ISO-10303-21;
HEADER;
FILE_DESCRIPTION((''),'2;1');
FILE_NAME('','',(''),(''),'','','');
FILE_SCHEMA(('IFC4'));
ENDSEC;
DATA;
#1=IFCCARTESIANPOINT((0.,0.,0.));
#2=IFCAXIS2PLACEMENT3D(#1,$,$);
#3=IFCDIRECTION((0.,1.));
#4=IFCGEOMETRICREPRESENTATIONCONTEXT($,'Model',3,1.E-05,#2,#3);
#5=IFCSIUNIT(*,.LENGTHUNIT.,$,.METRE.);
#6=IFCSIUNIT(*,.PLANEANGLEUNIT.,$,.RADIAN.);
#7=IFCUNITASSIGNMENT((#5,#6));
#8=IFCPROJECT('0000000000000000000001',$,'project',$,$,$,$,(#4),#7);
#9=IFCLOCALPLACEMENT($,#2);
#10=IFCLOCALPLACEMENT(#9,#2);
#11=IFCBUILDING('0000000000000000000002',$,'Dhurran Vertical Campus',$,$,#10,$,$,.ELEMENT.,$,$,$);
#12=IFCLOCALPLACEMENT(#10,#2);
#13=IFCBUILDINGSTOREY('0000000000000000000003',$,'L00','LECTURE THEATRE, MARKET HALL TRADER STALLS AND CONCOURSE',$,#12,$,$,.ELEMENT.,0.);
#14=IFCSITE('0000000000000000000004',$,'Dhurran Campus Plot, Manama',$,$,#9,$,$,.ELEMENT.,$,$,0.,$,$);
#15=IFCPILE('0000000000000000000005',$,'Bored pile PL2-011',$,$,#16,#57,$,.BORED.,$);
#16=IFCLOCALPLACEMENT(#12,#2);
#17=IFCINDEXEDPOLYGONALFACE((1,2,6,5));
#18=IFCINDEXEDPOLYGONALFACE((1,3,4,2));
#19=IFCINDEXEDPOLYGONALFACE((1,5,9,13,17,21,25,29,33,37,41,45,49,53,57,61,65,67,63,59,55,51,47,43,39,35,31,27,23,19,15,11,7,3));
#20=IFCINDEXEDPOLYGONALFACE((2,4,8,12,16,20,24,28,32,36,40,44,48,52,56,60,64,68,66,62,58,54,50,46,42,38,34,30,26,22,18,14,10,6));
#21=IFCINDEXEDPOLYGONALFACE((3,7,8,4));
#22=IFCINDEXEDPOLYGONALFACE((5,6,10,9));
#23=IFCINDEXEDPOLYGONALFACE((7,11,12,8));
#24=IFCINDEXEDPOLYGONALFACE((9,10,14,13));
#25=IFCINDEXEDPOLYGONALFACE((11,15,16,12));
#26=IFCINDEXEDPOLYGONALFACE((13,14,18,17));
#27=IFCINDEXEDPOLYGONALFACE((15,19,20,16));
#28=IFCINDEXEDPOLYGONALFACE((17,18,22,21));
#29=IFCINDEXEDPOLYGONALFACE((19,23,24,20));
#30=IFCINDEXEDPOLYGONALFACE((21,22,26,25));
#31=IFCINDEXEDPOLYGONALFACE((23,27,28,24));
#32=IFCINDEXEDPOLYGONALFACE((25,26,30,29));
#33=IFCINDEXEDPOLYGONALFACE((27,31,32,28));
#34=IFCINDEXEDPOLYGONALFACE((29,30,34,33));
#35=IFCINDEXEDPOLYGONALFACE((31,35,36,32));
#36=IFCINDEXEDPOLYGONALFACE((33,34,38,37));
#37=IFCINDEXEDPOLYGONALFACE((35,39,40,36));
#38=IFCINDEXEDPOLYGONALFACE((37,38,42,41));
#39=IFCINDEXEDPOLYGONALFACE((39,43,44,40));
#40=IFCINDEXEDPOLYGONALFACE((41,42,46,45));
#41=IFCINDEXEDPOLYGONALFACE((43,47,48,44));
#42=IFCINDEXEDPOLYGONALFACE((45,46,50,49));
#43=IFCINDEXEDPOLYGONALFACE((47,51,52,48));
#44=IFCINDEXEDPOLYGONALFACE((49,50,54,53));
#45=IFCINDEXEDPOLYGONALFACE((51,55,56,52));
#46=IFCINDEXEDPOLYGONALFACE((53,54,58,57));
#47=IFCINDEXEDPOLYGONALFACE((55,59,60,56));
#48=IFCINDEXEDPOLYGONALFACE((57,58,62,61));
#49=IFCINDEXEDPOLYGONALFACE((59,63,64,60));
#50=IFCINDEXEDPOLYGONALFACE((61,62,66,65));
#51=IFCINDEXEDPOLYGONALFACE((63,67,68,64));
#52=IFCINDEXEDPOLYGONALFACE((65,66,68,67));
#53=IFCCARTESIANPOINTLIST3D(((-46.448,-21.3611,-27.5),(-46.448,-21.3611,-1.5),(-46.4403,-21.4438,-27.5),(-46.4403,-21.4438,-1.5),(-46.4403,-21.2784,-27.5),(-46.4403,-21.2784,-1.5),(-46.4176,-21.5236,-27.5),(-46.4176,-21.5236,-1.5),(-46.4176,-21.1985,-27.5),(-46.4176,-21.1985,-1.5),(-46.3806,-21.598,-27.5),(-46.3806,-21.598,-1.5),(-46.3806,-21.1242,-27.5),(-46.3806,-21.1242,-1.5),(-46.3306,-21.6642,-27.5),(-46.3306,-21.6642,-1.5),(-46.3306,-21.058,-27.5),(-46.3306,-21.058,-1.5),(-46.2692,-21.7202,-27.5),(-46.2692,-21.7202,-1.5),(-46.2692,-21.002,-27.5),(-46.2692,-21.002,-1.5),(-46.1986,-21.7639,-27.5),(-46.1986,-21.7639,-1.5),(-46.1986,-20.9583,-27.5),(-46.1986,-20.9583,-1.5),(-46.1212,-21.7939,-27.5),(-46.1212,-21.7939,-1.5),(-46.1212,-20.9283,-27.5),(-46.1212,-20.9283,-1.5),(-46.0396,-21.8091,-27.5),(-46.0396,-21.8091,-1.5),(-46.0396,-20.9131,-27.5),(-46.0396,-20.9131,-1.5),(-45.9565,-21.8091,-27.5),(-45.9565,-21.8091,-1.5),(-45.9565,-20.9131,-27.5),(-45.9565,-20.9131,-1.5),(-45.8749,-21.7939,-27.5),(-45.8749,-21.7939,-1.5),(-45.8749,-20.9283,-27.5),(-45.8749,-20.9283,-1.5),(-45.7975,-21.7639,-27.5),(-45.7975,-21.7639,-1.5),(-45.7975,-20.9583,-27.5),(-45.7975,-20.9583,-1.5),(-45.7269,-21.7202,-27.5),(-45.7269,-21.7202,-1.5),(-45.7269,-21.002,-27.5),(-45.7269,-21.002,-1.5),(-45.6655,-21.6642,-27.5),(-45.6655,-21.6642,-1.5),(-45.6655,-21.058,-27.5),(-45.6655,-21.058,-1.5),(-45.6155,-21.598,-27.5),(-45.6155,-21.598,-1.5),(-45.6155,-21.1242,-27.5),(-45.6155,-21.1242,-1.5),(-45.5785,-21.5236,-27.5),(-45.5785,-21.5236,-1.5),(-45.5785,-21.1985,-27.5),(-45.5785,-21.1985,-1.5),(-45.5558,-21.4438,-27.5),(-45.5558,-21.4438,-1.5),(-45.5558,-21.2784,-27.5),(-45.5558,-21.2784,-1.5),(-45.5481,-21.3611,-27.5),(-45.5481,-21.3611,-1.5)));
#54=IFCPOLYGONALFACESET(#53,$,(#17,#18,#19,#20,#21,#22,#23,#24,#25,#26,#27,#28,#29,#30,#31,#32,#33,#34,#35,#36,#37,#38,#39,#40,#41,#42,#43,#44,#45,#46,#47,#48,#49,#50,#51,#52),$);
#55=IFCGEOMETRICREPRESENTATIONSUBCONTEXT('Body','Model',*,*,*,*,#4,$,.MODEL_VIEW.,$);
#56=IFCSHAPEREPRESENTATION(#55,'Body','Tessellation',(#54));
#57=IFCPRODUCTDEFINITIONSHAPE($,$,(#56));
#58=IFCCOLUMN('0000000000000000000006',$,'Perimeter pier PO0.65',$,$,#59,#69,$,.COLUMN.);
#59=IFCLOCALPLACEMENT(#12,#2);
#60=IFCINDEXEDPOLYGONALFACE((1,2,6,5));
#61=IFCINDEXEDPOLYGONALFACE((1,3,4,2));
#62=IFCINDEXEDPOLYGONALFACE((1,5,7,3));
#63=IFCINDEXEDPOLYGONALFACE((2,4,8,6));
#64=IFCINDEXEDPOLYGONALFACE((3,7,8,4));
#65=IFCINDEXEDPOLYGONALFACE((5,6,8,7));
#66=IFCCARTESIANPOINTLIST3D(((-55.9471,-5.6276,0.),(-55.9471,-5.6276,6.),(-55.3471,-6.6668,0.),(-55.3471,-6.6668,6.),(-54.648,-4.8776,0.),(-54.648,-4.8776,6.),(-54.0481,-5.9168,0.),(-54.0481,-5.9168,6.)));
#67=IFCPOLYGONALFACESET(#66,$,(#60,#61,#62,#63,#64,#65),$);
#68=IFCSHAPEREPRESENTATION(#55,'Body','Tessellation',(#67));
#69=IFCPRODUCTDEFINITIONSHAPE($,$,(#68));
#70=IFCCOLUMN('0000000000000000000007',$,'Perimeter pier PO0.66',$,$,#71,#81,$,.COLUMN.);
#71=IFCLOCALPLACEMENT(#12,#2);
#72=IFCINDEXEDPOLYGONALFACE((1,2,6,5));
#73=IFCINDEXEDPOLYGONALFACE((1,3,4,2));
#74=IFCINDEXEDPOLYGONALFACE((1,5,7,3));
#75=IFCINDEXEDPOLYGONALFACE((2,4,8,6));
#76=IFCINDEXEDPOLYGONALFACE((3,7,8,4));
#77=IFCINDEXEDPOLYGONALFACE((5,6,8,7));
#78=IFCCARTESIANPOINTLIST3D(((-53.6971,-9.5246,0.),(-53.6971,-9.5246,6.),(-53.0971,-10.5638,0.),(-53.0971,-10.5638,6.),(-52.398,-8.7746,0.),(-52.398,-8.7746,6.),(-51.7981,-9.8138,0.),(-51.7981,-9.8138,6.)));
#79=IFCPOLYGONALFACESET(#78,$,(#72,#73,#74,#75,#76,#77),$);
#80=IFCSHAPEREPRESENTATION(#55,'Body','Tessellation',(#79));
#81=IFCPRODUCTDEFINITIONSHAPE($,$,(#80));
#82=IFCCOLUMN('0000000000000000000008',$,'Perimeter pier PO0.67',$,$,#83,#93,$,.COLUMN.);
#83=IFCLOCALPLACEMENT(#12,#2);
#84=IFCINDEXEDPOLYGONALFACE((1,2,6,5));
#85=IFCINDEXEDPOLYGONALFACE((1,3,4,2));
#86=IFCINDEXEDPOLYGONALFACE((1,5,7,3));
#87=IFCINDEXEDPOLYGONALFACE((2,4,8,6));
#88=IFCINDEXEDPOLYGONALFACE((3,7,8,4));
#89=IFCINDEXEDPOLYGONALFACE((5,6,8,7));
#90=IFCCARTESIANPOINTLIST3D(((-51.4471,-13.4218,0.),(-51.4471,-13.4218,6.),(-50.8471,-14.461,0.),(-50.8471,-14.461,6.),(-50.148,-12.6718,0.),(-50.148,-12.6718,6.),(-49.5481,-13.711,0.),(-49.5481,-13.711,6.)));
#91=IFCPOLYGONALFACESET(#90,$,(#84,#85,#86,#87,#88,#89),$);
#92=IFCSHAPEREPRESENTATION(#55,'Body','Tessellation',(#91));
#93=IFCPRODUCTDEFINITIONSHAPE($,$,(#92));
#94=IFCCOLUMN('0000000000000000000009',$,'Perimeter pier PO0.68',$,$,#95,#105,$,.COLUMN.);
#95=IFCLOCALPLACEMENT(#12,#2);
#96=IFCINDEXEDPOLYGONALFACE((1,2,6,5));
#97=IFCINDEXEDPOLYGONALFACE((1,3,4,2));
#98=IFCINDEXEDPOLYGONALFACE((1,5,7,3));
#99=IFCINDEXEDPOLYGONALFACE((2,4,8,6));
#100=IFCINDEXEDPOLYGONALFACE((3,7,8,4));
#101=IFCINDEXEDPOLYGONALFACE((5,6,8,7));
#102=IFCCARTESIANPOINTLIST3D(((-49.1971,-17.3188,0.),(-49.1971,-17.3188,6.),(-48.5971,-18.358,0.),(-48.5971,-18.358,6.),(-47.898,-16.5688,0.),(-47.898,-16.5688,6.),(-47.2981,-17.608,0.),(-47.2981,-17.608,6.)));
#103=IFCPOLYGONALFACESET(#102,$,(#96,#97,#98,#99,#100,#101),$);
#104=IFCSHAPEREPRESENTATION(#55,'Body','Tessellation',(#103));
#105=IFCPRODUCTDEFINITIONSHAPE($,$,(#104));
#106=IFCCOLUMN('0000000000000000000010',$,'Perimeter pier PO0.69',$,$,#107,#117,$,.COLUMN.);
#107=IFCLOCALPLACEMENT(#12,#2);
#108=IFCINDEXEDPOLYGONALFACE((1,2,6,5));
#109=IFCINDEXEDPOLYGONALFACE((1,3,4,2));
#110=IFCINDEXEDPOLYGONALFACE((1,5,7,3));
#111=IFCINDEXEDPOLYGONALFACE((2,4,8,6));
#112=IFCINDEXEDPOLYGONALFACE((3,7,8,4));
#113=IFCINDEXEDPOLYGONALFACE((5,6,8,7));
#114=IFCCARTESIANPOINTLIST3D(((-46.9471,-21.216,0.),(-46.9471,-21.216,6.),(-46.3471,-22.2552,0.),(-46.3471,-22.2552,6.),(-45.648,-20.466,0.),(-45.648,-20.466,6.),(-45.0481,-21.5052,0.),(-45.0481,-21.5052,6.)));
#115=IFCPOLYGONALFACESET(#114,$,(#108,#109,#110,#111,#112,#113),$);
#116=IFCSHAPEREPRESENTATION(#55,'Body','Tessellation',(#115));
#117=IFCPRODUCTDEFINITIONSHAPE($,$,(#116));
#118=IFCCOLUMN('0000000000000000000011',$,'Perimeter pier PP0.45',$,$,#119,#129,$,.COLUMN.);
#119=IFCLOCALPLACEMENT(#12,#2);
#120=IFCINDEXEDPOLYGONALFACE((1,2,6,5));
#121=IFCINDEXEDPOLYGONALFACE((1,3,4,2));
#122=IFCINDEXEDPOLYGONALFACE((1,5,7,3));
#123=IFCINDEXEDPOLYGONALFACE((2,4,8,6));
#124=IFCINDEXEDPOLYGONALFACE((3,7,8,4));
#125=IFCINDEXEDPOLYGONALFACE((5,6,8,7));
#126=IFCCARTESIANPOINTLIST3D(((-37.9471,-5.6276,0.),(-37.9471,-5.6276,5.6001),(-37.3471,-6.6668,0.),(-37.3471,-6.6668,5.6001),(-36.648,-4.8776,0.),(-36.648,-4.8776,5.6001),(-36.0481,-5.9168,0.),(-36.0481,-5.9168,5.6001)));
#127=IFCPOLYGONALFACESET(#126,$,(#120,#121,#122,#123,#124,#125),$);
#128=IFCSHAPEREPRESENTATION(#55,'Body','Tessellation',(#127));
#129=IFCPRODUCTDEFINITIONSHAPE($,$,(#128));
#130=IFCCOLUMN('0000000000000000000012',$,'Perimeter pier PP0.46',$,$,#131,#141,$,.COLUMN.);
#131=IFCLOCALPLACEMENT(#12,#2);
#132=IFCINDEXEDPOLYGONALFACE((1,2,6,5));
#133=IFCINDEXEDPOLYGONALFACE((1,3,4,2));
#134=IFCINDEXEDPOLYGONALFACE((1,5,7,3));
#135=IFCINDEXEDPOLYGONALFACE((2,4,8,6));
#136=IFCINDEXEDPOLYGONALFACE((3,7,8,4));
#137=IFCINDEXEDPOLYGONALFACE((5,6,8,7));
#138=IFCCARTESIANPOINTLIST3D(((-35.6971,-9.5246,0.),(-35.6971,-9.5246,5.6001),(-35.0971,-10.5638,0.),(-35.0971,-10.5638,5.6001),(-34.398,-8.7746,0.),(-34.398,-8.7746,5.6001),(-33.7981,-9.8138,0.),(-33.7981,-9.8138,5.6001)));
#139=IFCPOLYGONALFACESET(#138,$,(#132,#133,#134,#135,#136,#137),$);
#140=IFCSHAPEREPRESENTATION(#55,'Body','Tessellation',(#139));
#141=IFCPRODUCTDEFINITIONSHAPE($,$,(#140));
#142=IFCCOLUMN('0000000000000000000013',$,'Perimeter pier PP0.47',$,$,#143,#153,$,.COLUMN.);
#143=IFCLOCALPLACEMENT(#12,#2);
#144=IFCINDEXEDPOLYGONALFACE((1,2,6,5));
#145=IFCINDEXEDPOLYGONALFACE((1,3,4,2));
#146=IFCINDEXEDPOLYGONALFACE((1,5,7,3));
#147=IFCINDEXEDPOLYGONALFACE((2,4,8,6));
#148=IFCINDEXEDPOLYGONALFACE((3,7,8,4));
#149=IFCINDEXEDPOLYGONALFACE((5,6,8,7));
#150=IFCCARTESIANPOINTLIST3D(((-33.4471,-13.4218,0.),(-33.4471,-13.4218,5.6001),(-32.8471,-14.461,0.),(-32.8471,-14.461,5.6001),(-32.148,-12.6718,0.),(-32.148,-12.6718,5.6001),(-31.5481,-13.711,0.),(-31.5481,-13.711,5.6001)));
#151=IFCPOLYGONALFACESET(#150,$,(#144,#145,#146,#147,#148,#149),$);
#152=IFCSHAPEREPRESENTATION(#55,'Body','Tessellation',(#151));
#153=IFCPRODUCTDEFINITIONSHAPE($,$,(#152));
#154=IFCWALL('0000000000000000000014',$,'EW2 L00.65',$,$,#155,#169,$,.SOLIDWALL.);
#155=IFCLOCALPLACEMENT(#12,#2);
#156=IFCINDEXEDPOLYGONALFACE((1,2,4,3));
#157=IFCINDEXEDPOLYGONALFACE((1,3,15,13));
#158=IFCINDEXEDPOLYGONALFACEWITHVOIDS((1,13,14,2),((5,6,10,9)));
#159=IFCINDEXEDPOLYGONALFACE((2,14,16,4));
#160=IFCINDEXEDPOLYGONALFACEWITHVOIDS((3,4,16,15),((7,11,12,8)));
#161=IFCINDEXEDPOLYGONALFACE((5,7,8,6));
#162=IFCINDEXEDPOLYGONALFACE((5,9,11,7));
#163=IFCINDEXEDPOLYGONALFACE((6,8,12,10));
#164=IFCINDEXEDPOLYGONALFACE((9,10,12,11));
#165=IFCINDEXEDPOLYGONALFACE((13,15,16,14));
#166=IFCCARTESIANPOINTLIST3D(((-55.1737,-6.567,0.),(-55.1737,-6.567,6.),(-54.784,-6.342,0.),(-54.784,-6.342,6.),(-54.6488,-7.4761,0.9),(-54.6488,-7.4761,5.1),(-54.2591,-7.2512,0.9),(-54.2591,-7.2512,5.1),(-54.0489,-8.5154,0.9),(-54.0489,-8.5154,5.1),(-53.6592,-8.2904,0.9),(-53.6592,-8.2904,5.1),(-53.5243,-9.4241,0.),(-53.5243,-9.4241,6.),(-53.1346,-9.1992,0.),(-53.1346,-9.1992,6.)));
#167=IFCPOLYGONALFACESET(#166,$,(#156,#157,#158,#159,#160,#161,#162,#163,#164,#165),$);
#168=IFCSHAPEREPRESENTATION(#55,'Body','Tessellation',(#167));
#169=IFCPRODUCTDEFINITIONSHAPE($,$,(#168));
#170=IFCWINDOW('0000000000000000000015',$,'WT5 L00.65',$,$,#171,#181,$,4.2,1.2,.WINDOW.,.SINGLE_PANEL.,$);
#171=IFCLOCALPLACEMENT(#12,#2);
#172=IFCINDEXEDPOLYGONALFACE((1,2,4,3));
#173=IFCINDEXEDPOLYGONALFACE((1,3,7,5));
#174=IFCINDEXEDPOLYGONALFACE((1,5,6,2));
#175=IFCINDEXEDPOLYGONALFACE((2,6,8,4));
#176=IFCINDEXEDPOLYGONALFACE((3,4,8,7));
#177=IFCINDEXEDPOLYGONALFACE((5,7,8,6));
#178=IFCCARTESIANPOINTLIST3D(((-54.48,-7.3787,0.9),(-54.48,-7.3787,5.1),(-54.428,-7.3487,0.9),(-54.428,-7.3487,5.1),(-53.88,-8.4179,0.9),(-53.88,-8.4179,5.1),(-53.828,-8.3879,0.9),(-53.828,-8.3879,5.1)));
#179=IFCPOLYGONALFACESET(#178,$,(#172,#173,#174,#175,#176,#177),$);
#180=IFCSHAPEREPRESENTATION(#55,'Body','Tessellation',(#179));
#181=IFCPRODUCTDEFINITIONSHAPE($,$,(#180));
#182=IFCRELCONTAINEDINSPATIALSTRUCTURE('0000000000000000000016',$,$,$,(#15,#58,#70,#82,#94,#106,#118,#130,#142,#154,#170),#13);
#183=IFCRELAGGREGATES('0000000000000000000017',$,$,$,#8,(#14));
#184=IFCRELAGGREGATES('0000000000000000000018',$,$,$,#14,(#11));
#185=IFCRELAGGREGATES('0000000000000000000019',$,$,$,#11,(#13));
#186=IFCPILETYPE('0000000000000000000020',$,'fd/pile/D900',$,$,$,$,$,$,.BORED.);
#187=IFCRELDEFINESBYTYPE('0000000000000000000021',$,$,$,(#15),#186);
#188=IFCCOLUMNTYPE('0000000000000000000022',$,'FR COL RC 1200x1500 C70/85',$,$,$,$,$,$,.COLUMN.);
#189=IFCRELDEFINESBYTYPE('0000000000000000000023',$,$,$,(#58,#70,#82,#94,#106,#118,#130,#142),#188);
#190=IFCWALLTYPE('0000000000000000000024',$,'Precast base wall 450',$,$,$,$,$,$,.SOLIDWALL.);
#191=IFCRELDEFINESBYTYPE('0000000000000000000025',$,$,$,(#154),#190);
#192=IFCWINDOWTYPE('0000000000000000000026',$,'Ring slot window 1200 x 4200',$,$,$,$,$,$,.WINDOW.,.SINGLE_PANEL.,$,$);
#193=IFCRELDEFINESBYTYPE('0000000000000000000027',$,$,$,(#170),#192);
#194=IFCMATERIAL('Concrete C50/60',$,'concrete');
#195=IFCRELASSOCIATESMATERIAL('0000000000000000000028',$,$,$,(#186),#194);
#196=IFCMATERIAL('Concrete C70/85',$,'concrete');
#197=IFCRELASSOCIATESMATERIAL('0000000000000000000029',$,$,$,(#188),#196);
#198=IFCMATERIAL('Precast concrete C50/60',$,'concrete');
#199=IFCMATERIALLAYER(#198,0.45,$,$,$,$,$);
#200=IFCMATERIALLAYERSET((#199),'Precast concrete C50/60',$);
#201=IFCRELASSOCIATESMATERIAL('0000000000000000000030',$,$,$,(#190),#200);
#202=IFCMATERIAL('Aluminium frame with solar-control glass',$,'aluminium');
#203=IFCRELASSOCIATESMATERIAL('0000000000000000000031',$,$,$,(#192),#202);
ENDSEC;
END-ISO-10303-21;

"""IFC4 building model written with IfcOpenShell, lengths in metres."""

from ifc_helpers import new_model, si_unit, direction, frame, frame_2d, origin, origin_2d, place, context, subcontext, project, spatial, rectangle, circle, extrude, material, layer, layer_set, material_profile, profile_set, type_object, element, fill, save


model = new_model("IFC4")

# Units and contexts
model_context = context("Model", 3, precision=1e-05, world=origin(), true_north=direction((0.0, 1.0)))
body_context = subcontext(model_context, "Body", "Model", "MODEL_VIEW")
ifc_project = project(units=[si_unit("LENGTHUNIT", "METRE"), si_unit("PLANEANGLEUNIT", "RADIAN")], contexts=[model_context])

# Site, building, storey
site_placement = place(None, origin())
site = spatial("IfcSite", under=ifc_project, at=site_placement, Name="Dhurran Campus Plot, Manama", CompositionType="ELEMENT", RefElevation=0.0)
building_placement = place(site_placement, origin())
building = spatial("IfcBuilding", under=site, at=building_placement, Name="Dhurran Vertical Campus", CompositionType="ELEMENT")
storey_placement = place(building_placement, origin())
storey = spatial("IfcBuildingStorey", under=building, at=storey_placement, Name="L00", Description="LECTURE THEATRE, MARKET HALL TRADER STALLS AND CONCOURSE", CompositionType="ELEMENT", Elevation=0.0)

# Pile
ifc_material_1 = material(Name="Concrete C50/60", Category="concrete")
ifc_material_profile_1 = material_profile(ifc_material_1, circle(Radius=0.45, at=origin_2d()), Name="fd/pile/D900")
ifc_profile_set_1 = profile_set([ifc_material_profile_1], Name="Concrete C50/60")
pile_type = type_object("IfcPileType", Name="fd/pile/D900", PredefinedType="BORED", material=ifc_profile_set_1)
for number, where, z_axis, x_axis, name in (
    (1, (-45.998, -21.3611, -1.5), (0.0, 0.0, -1.0), (1.0, 0.0, 0.0), "Bored pile PL2-011"),
):
    element("IfcPile", number, at=place(storey_placement, frame(where, z_axis=z_axis, x_axis=x_axis)), inside=storey, type_object=pile_type, Name=name, PredefinedType="BORED", context=body_context, shape_type="SweptSolid", body=[
        extrude(circle(Radius=0.45, at=origin_2d()), origin(), (0.0, 0.0, 1.0), 26.0),
    ])

# Columns
ifc_material_2 = material(Name="Concrete C70/85", Category="concrete")
ifc_material_profile_2 = material_profile(ifc_material_2, rectangle(XDim=1.2, YDim=1.5, at=origin_2d()), Name="RC 1200x1500")
ifc_profile_set_2 = profile_set([ifc_material_profile_2], Name="Concrete C70/85")
column_type = type_object("IfcColumnType", Name="FR COL RC 1200x1500 C70/85", PredefinedType="COLUMN", material=ifc_profile_set_2)
for number, where, z_axis, x_axis, name in (
    (2, (-54.9976, -5.7722, 0.0), (0.0, 0.0, 1.0), (0.5, -0.866025, 0.0), "Perimeter pier PO0.65"),
    (3, (-52.7476, -9.6692, 0.0), (0.0, 0.0, 1.0), (0.5, -0.866025, 0.0), "Perimeter pier PO0.66"),
    (4, (-50.4976, -13.5664, 0.0), (0.0, 0.0, 1.0), (0.5, -0.866025, 0.0), "Perimeter pier PO0.67"),
    (5, (-48.2476, -17.4634, 0.0), (0.0, 0.0, 1.0), (0.5, -0.866025, 0.0), "Perimeter pier PO0.68"),
    (6, (-45.9976, -21.3606, 0.0), (0.0, 0.0, 1.0), (0.5, -0.866025, 0.0), "Perimeter pier PO0.69"),
):
    element("IfcColumn", number, at=place(storey_placement, frame(where, z_axis=z_axis, x_axis=x_axis)), inside=storey, type_object=column_type, Name=name, PredefinedType="COLUMN", context=body_context, shape_type="SweptSolid", body=[
        extrude(rectangle(XDim=1.2, YDim=1.5, at=origin_2d()), origin(), (0.0, 0.0, 1.0), 6.0),
    ])
for number, where, z_axis, x_axis, name in (
    (7, (-36.9976, -5.7722, 0.0), (0.0, 0.0, 1.0), (0.5, -0.866025, 0.0), "Perimeter pier PP0.45"),
    (8, (-34.7476, -9.6692, 0.0), (0.0, 0.0, 1.0), (0.5, -0.866025, 0.0), "Perimeter pier PP0.46"),
    (9, (-32.4976, -13.5664, 0.0), (0.0, 0.0, 1.0), (0.5, -0.866025, 0.0), "Perimeter pier PP0.47"),
):
    element("IfcColumn", number, at=place(storey_placement, frame(where, z_axis=z_axis, x_axis=x_axis)), inside=storey, type_object=column_type, Name=name, PredefinedType="COLUMN", context=body_context, shape_type="SweptSolid", body=[
        extrude(rectangle(XDim=1.2, YDim=1.5, at=origin_2d()), origin(), (0.0, 0.0, 1.0), 5.6001),
    ])

# Wall, opening, window
ifc_material_3 = material(Name="Precast concrete C50/60", Category="concrete")
ifc_layer_1 = layer(ifc_material_3, 0.45)
ifc_layer_set_1 = layer_set([ifc_layer_1], Name="Precast concrete C50/60")
wall_type_1 = type_object("IfcWallType", Name="Precast base wall 450", PredefinedType="SOLIDWALL", material=ifc_layer_set_1)
wall_1_placement = place(storey_placement, frame((-54.9788, -6.4546, 0.0), z_axis=(0.0, 0.0, 1.0), x_axis=(0.499959, -0.866049, 0.0)))
wall_1 = element("IfcWall", 10, at=wall_1_placement, inside=storey, type_object=wall_type_1, Name="EW2 L00.65", PredefinedType="SOLIDWALL", context=body_context, shape_type="SweptSolid", body=[
    extrude(rectangle(XDim=3.2991, YDim=0.45, at=frame_2d((1.6494, 0.0))), origin(), (0.0, 0.0, 1.0), 6.0),
])
opening_1_placement = place(wall_1_placement, frame((1.0496, 0.0, 0.8999)))
opening_1 = element("IfcOpeningElement", 11, at=opening_1_placement, cuts=wall_1, PredefinedType="OPENING", context=body_context, shape_type="SweptSolid", body=[
    extrude(rectangle(XDim=1.2, YDim=4.2, at=frame_2d((0.6001, 2.1001))), frame((0.0, 0.2349, 0.0), z_axis=(0.0, -1.0, 0.0), x_axis=(1.0, 0.0, 0.0)), (0.0, 0.0, 1.0), 0.47),
])
ifc_material_4 = material(Name="Aluminium frame with solar-control glass", Category="aluminium")
window_type = type_object("IfcWindowType", Name="Ring slot window 1200 x 4200", PartitioningType="SINGLE_PANEL", PredefinedType="WINDOW", material=ifc_material_4)
window_1_placement = place(opening_1_placement, origin())
window_1 = element("IfcWindow", 12, at=window_1_placement, inside=storey, type_object=window_type, Name="WT5 L00.65", OverallHeight=4.2, OverallWidth=1.2, PartitioningType="SINGLE_PANEL", PredefinedType="WINDOW", context=body_context, shape_type="SweptSolid", body=[
    extrude(rectangle(XDim=1.2, YDim=4.2, at=frame_2d((0.6001, 2.1001))), frame((0.0, 0.03, 0.0), z_axis=(0.0, -1.0, 0.0), x_axis=(1.0, 0.0, 0.0)), (0.0, 0.0, 1.0), 0.0601),
])
fill(opening_1, window_1)

save(model, "model.ifc")
